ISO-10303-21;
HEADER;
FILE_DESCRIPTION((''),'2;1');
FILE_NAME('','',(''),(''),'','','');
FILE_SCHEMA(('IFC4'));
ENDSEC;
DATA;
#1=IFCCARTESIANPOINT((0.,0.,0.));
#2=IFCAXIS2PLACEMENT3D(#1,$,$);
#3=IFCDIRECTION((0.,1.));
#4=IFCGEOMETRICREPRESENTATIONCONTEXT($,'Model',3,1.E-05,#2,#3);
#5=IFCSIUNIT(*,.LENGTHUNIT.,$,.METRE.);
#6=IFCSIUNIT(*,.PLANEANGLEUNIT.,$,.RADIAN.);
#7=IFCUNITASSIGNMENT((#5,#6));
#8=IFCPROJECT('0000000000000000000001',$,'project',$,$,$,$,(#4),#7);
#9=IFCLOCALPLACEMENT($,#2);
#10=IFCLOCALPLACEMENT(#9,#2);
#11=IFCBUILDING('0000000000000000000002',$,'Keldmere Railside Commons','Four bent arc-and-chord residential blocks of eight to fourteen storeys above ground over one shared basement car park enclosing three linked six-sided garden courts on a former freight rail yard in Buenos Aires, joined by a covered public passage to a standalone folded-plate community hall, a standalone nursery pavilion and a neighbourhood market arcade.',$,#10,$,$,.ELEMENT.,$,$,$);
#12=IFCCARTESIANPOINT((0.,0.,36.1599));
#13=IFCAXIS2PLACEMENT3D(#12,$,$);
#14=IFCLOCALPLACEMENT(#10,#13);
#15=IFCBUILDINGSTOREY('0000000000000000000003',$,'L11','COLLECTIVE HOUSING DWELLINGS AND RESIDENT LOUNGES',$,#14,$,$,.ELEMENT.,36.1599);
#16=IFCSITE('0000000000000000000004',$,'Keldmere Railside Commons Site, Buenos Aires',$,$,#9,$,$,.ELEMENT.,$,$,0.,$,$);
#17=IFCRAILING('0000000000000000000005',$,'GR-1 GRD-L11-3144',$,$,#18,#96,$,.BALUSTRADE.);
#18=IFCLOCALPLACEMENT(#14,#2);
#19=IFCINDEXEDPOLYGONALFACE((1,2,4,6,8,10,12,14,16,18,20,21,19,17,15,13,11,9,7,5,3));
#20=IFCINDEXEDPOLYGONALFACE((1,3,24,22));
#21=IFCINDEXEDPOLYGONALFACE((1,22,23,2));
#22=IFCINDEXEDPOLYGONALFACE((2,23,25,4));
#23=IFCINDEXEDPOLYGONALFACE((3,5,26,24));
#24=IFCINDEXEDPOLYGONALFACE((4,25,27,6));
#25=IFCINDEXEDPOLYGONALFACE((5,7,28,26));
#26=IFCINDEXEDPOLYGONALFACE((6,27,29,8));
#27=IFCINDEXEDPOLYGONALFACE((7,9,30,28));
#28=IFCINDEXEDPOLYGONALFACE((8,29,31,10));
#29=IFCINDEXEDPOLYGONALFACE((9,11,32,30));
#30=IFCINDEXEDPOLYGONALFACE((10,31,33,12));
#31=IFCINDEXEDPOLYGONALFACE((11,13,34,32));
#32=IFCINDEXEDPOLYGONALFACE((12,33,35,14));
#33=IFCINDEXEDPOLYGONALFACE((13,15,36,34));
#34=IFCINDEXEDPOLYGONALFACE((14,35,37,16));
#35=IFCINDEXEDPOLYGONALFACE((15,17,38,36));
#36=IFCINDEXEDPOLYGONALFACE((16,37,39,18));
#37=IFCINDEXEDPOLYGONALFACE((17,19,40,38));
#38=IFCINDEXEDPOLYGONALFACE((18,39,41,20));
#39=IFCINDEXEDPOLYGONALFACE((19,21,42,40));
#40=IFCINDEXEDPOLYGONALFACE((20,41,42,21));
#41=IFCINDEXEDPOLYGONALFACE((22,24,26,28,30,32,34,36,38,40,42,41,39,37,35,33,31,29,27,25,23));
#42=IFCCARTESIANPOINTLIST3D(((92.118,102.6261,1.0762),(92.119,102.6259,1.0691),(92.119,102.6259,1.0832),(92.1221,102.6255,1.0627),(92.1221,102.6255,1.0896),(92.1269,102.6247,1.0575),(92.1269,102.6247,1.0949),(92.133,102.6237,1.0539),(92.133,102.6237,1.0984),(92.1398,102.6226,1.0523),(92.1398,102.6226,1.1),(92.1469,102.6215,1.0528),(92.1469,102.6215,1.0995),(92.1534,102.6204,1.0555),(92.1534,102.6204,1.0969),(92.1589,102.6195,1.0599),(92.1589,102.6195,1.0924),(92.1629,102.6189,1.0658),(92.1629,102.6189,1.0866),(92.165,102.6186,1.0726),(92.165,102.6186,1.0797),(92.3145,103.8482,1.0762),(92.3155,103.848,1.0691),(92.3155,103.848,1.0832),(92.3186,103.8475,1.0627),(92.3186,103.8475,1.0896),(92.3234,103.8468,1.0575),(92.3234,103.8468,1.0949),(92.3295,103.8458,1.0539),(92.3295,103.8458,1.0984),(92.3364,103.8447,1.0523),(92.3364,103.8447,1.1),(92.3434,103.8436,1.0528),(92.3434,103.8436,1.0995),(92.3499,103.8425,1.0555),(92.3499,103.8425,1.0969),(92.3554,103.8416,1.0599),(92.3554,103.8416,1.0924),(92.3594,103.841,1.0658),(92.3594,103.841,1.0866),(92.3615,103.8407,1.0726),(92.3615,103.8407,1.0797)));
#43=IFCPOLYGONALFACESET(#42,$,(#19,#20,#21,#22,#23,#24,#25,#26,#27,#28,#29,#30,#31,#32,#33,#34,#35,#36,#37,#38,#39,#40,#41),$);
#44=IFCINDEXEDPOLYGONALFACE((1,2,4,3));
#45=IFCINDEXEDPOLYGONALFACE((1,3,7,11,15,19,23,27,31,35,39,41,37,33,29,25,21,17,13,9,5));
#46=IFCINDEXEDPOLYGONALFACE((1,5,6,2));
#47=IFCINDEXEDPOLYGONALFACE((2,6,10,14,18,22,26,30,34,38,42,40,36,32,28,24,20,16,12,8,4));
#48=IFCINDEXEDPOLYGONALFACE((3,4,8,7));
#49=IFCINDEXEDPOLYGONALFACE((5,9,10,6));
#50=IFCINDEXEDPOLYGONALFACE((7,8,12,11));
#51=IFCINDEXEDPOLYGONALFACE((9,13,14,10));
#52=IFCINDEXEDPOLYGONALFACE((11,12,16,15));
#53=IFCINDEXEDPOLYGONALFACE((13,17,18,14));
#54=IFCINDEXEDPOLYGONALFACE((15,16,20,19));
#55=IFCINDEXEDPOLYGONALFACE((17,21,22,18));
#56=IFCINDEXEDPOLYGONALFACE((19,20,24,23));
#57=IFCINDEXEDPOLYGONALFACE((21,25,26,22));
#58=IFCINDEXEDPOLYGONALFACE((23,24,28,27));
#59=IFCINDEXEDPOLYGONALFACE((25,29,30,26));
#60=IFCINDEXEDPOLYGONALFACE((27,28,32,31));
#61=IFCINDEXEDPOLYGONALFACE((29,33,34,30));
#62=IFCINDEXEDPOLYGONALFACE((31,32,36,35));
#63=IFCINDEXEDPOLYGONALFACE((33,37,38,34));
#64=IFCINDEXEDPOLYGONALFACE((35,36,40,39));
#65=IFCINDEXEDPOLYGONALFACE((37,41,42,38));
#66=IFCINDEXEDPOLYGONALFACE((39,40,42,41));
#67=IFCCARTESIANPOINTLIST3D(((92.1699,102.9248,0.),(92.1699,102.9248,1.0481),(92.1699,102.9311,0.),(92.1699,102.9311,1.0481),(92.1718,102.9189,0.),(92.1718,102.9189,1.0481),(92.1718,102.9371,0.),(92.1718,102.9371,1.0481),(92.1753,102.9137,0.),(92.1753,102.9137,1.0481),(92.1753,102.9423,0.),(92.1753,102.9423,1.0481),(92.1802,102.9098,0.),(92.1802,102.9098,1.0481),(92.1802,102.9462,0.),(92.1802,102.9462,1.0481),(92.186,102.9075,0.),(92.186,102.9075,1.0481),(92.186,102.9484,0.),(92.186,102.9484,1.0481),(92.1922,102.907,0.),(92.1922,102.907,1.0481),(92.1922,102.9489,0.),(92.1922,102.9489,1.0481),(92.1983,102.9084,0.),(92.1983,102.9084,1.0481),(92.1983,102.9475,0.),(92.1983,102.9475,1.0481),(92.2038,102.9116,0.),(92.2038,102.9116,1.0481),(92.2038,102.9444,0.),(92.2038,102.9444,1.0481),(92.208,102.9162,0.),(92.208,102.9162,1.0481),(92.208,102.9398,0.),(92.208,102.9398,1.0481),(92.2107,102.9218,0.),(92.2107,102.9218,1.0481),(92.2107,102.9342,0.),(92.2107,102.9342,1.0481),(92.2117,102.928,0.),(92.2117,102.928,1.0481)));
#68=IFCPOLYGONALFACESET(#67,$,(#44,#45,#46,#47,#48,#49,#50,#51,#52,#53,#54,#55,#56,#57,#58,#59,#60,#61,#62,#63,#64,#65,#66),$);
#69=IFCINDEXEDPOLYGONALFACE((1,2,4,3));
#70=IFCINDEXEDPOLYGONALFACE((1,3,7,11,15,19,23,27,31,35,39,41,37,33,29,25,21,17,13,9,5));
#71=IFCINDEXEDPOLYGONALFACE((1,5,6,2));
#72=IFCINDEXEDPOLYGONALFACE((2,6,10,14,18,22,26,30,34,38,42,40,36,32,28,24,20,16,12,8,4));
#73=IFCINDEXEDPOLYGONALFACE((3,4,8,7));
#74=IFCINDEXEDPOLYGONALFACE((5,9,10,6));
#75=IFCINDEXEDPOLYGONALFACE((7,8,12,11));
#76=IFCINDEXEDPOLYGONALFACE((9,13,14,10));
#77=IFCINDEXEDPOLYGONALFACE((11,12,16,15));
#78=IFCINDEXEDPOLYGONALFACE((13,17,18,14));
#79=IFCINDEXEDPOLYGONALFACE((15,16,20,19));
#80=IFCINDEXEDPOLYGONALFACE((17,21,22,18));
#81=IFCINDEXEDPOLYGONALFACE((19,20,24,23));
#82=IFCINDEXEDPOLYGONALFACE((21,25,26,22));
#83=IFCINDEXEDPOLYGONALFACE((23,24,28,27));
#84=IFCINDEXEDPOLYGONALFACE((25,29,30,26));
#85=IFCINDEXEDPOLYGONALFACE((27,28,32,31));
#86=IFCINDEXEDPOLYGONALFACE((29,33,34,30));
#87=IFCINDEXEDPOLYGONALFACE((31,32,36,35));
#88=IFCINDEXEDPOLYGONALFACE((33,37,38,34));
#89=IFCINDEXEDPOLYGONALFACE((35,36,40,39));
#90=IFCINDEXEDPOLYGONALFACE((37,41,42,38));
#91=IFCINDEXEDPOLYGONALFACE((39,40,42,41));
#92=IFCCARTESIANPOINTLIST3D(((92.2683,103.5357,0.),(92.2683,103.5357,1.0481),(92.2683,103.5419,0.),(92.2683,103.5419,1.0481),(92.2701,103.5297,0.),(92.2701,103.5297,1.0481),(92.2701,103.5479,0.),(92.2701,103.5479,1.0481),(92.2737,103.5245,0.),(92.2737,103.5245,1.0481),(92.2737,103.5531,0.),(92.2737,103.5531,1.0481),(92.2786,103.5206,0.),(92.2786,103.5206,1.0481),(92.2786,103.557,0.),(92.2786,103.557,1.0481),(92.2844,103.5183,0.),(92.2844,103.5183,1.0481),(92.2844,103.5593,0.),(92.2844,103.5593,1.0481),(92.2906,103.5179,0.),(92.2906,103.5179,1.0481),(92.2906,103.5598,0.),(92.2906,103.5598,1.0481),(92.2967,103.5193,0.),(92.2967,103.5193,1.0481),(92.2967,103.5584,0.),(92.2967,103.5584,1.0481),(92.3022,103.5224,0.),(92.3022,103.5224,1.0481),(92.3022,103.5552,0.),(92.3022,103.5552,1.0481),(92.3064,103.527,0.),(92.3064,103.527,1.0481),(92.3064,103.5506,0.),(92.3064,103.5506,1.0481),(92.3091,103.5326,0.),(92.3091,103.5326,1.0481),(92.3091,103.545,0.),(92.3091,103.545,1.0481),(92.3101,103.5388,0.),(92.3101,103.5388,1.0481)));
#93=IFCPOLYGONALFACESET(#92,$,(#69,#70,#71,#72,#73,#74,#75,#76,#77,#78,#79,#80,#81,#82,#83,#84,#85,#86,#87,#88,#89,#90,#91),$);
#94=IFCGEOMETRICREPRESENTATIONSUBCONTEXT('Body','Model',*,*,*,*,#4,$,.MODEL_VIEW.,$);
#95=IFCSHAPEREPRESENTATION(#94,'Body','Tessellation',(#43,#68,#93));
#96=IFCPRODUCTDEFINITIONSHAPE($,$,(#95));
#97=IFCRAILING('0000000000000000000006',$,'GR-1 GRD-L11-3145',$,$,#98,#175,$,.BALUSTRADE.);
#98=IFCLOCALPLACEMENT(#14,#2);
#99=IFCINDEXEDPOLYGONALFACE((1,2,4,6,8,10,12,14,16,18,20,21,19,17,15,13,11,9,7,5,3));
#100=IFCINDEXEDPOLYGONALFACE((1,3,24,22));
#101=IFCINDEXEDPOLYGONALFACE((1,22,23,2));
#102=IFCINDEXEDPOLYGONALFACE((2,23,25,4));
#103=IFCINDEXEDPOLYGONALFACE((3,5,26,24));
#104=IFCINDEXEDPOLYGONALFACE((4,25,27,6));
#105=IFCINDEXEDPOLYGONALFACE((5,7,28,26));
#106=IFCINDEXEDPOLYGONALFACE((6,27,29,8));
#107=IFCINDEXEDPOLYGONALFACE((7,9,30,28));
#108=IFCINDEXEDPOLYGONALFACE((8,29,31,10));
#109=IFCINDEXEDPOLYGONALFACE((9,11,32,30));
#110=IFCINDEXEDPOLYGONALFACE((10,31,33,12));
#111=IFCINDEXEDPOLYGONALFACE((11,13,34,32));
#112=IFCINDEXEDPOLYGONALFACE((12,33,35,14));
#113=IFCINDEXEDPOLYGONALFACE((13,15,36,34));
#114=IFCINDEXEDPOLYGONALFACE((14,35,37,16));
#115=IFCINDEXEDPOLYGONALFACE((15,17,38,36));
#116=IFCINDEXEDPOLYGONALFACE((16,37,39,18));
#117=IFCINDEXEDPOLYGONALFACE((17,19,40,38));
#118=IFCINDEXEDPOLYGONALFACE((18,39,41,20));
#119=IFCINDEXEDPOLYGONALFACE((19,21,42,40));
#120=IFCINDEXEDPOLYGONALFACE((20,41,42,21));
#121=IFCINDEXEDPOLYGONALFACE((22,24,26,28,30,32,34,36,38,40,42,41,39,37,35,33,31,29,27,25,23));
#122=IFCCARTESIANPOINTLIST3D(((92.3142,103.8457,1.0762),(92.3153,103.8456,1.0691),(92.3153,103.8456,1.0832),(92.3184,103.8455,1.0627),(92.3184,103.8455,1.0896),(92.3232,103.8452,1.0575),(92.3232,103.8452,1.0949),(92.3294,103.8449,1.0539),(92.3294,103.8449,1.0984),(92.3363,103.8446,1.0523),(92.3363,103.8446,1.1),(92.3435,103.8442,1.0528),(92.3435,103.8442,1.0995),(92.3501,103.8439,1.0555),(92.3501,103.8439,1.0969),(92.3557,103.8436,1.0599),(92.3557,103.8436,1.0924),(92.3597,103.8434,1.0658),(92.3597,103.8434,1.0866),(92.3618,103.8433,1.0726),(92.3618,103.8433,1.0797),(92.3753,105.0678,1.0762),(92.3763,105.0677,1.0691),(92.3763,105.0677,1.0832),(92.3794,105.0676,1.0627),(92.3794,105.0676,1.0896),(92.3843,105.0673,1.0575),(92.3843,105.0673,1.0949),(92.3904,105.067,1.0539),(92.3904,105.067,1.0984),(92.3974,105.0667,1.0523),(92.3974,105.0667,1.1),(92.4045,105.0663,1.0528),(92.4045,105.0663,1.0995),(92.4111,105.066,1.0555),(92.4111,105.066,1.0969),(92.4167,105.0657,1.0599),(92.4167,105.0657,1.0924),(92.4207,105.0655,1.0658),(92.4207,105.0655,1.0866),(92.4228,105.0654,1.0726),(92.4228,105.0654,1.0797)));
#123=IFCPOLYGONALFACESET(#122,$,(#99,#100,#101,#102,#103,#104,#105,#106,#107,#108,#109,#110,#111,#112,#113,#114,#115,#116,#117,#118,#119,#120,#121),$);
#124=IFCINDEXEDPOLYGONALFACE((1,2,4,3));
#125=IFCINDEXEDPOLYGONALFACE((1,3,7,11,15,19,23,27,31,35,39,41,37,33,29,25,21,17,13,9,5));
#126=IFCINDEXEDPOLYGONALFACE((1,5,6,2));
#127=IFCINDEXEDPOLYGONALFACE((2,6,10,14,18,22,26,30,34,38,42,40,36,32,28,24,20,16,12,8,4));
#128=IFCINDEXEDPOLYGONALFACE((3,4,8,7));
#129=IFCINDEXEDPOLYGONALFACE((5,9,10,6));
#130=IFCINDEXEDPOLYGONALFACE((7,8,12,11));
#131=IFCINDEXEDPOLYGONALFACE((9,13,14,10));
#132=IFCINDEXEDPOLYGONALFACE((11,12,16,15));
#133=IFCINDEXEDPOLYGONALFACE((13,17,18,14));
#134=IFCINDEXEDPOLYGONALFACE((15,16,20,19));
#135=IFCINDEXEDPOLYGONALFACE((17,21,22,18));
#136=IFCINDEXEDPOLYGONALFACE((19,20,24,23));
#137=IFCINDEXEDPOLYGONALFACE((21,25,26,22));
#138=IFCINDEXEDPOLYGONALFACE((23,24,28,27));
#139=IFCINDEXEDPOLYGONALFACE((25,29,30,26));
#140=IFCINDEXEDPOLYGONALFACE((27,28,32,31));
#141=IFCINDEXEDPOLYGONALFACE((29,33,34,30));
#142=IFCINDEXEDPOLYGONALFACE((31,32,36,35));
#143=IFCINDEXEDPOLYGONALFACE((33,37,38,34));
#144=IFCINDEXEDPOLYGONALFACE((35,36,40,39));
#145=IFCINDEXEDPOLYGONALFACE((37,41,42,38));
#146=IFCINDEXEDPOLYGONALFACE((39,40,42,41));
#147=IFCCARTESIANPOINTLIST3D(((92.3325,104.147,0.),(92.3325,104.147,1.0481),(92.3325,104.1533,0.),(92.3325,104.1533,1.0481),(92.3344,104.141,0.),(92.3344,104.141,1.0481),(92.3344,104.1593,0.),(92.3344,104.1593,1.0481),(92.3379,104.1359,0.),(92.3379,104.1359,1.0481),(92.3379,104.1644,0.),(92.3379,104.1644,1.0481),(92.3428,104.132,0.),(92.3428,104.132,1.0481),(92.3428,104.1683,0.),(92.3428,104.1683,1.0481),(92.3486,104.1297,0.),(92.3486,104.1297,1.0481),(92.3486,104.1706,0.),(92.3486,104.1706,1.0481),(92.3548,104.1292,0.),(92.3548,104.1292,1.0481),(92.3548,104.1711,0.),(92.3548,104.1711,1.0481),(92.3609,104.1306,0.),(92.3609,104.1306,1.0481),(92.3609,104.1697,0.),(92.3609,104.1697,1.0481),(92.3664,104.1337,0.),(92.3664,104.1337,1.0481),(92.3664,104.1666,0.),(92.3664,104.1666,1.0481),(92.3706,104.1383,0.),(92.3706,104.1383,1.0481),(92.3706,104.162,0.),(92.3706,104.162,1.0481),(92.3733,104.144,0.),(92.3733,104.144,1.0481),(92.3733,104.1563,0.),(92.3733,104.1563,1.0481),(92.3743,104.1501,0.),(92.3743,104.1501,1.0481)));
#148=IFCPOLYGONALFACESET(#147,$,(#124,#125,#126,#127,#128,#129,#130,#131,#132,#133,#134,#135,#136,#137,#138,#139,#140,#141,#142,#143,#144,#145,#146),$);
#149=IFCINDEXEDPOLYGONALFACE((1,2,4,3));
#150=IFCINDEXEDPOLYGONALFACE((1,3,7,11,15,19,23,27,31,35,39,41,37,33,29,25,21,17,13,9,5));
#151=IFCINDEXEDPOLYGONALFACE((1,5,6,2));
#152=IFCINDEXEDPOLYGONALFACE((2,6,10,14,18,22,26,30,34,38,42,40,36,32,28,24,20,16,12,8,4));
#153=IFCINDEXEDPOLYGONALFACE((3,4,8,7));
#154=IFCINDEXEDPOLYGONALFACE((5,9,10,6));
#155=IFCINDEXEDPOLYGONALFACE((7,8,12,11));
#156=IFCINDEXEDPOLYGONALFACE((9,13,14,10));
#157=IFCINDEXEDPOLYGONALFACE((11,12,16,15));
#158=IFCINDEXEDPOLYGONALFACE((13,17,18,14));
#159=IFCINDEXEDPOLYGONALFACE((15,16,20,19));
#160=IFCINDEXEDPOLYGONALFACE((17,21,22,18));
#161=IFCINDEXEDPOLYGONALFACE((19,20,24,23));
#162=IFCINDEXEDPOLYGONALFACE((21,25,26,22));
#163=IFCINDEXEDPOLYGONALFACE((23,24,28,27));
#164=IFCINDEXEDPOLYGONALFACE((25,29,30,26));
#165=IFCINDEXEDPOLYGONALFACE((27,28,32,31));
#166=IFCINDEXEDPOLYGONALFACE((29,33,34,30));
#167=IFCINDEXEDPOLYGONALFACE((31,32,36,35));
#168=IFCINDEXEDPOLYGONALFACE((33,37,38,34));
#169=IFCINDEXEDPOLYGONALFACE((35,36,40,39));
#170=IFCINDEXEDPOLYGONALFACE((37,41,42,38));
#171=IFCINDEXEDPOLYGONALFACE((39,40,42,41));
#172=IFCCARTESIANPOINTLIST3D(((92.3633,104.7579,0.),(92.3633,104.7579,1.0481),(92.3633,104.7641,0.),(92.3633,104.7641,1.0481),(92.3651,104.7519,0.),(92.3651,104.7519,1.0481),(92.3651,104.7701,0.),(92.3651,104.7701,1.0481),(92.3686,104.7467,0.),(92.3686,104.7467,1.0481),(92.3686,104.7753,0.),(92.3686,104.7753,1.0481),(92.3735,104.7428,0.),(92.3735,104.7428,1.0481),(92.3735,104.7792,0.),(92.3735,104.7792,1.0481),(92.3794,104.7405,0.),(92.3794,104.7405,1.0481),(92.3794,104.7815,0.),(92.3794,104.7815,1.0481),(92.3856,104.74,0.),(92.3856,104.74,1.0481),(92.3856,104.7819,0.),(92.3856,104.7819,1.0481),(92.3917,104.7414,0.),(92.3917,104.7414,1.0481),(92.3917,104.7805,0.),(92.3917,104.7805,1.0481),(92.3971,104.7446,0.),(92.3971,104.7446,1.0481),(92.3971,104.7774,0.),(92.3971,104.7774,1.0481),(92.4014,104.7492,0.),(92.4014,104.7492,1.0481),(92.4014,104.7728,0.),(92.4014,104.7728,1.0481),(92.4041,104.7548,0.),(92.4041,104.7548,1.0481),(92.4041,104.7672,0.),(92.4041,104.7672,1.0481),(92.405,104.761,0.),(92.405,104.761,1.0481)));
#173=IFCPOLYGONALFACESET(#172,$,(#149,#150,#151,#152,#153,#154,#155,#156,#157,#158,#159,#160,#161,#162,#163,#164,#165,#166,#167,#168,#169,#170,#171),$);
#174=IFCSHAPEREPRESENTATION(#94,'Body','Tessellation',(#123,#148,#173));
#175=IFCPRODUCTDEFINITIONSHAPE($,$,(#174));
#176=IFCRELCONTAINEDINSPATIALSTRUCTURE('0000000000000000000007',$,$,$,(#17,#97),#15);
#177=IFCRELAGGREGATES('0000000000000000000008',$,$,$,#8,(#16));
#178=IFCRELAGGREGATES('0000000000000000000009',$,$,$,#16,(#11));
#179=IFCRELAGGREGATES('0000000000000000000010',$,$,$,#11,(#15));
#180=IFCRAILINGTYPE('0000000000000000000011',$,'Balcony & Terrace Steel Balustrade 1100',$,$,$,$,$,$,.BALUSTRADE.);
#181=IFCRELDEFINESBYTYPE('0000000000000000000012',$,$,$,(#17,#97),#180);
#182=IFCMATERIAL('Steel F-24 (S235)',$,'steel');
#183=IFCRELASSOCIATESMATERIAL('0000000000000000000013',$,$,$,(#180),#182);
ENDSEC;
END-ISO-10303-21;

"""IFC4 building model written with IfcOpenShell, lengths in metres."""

from ifc_helpers import new_model, si_unit, direction, frame, origin, origin_2d, place, context, subcontext, project, spatial, circle, extrude, material, type_object, element, save


model = new_model("IFC4")

# Units and contexts
model_context = context("Model", 3, precision=1e-05, world=origin(), true_north=direction((0.0, 1.0)))
body_context = subcontext(model_context, "Body", "Model", "MODEL_VIEW")
ifc_project = project(units=[si_unit("LENGTHUNIT", "METRE"), si_unit("PLANEANGLEUNIT", "RADIAN")], contexts=[model_context])

# Site, building, storey
site_placement = place(None, origin())
site = spatial("IfcSite", under=ifc_project, at=site_placement, Name="Keldmere Railside Commons Site, Buenos Aires", CompositionType="ELEMENT", RefElevation=0.0)
building_placement = place(site_placement, origin())
building = spatial("IfcBuilding", under=site, at=building_placement, Name="Keldmere Railside Commons", Description="Four bent arc-and-chord residential blocks of eight to fourteen storeys above ground over one shared basement car park enclosing three linked six-sided garden courts on a former freight rail yard in Buenos Aires, joined by a covered public passage to a standalone folded-plate community hall, a standalone nursery pavilion and a neighbourhood market arcade.", CompositionType="ELEMENT")
storey_placement = place(building_placement, frame((0.0, 0.0, 36.1599)))
storey = spatial("IfcBuildingStorey", under=building, at=storey_placement, Name="L11", Description="COLLECTIVE HOUSING DWELLINGS AND RESIDENT LOUNGES", CompositionType="ELEMENT", Elevation=36.1599)

# Railings
ifc_material_1 = material(Name="Steel F-24 (S235)", Category="steel")
railing_type = type_object("IfcRailingType", Name="Balcony & Terrace Steel Balustrade 1100", PredefinedType="BALUSTRADE", material=ifc_material_1)
railing_1_placement = place(storey_placement, frame((92.1416, 102.6223, 0.0)))
element("IfcRailing", 1, at=railing_1_placement, inside=storey, type_object=railing_type, Name="GR-1 GRD-L11-3144", PredefinedType="BALUSTRADE", context=body_context, shape_type="SweptSolid", body=[
    extrude(circle(Radius=0.0239, at=origin_2d()), frame((0.0, 0.0, 1.0762), z_axis=(0.158767, 0.987316, 0.0), x_axis=(-0.987316, 0.158767, 0.0)), (0.0, 0.0, 1.0), 1.2378),
    extrude(circle(Radius=0.021, at=origin_2d()), frame((0.0491, 0.3057, 0.0)), (0.0, 0.0, 1.0), 1.0481),
    extrude(circle(Radius=0.021, at=origin_2d()), frame((0.1475, 0.9165, 0.0)), (0.0, 0.0, 1.0), 1.0481),
])
railing_2_placement = place(storey_placement, frame((92.3381, 103.8445, 0.0)))
element("IfcRailing", 2, at=railing_2_placement, inside=storey, type_object=railing_type, Name="GR-1 GRD-L11-3145", PredefinedType="BALUSTRADE", context=body_context, shape_type="SweptSolid", body=[
    extrude(circle(Radius=0.0239, at=origin_2d()), frame((0.0, 0.0, 1.0762), z_axis=(0.049878, 0.998755, 0.0), x_axis=(-0.998755, 0.049878, 0.0)), (0.0, 0.0, 1.0), 1.2236),
    extrude(circle(Radius=0.021, at=origin_2d()), frame((0.0151, 0.3057, 0.0)), (0.0, 0.0, 1.0), 1.0481),
    extrude(circle(Radius=0.021, at=origin_2d()), frame((0.0459, 0.9165, 0.0)), (0.0, 0.0, 1.0), 1.0481),
])

save(model, "model.ifc")
